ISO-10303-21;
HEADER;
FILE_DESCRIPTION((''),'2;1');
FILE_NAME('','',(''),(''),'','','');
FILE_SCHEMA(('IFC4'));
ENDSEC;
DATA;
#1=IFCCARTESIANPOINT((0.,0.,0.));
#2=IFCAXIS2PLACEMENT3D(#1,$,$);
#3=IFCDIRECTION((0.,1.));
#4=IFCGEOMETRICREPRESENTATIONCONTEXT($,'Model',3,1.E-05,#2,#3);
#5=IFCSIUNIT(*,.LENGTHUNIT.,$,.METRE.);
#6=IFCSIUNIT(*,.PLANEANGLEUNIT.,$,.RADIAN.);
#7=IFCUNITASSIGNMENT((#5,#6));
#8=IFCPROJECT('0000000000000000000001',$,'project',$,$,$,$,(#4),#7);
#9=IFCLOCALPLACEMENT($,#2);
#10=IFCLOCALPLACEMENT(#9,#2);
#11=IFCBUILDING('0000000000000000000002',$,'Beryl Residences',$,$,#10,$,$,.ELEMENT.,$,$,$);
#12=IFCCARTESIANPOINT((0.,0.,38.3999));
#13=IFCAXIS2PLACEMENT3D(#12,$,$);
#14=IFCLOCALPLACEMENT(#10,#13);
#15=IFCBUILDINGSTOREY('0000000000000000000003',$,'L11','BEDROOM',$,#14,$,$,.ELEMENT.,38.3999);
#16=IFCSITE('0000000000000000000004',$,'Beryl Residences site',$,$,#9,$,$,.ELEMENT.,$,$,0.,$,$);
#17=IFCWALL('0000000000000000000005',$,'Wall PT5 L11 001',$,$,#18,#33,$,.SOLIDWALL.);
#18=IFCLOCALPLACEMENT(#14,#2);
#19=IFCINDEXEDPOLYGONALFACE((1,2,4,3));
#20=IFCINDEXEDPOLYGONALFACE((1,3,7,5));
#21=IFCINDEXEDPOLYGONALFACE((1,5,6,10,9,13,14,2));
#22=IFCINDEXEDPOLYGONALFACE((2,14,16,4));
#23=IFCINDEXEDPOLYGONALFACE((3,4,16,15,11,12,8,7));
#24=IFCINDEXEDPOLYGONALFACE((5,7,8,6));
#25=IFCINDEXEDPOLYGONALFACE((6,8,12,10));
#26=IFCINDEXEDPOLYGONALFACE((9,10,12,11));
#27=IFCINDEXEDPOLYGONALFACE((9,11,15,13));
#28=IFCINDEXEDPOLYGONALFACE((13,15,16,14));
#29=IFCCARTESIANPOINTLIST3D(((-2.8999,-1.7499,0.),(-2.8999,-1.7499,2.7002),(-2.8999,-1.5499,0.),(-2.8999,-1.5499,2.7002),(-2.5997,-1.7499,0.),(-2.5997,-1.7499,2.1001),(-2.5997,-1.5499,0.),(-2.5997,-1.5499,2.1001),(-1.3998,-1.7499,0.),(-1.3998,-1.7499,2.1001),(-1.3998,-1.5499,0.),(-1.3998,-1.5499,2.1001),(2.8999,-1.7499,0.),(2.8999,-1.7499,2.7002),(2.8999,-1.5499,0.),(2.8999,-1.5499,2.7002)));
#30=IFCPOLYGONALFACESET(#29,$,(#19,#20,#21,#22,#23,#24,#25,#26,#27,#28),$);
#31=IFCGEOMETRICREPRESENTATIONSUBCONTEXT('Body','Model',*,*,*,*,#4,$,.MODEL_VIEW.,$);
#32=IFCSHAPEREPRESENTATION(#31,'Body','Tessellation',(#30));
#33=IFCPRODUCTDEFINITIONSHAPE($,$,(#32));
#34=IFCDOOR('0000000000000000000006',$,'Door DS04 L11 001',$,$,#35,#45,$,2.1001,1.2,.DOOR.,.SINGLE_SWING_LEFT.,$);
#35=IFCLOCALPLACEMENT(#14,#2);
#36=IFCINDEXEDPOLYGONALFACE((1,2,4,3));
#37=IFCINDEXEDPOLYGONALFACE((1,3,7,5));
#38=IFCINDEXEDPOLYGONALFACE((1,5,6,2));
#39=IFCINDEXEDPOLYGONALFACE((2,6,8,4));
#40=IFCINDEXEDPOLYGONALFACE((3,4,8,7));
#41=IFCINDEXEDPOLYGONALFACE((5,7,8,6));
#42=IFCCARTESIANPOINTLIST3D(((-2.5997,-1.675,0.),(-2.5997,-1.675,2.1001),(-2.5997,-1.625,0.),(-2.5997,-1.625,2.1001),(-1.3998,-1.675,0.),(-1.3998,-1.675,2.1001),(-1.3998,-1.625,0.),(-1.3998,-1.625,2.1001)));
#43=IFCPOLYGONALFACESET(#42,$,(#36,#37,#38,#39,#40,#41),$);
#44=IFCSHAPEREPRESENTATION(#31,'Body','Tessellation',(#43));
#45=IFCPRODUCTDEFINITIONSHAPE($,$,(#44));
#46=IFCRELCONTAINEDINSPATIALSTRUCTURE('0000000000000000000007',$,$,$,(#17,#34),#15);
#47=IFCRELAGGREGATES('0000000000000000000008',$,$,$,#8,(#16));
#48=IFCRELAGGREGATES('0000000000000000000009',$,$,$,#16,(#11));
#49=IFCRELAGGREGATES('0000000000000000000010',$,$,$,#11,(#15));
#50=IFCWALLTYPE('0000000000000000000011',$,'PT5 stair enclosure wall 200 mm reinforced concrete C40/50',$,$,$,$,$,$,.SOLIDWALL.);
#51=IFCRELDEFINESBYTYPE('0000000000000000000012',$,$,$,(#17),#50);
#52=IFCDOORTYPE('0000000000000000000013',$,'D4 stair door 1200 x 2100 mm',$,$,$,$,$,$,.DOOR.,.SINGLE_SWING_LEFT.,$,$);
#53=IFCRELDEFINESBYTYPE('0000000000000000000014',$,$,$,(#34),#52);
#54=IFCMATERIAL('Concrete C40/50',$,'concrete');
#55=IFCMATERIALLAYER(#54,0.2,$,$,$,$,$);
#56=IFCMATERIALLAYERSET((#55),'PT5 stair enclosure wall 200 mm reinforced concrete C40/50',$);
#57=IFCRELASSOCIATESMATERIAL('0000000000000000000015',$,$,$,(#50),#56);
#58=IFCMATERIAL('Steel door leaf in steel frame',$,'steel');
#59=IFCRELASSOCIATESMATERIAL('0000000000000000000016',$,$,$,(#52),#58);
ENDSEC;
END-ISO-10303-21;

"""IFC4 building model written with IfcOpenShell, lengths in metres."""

from ifc_helpers import new_model, si_unit, direction, frame, frame_2d, origin, place, context, subcontext, project, spatial, rectangle, extrude, material, layer, layer_set, type_object, element, fill, save


model = new_model("IFC4")

# Units and contexts
model_context = context("Model", 3, precision=1e-05, world=origin(), true_north=direction((0.0, 1.0)))
body_context = subcontext(model_context, "Body", "Model", "MODEL_VIEW")
ifc_project = project(units=[si_unit("LENGTHUNIT", "METRE"), si_unit("PLANEANGLEUNIT", "RADIAN")], contexts=[model_context])

# Site, building, storey
site_placement = place(None, origin())
site = spatial("IfcSite", under=ifc_project, at=site_placement, Name="Beryl Residences site", CompositionType="ELEMENT", RefElevation=0.0)
building_placement = place(site_placement, origin())
building = spatial("IfcBuilding", under=site, at=building_placement, Name="Beryl Residences", CompositionType="ELEMENT")
storey_placement = place(building_placement, frame((0.0, 0.0, 38.3999)))
storey = spatial("IfcBuildingStorey", under=building, at=storey_placement, Name="L11", Description="BEDROOM", CompositionType="ELEMENT", Elevation=38.3999)

# Wall, opening, door
ifc_material_1 = material(Name="Concrete C40/50", Category="concrete")
ifc_layer_1 = layer(ifc_material_1, 0.2)
ifc_layer_set_1 = layer_set([ifc_layer_1], Name="PT5 stair enclosure wall 200 mm reinforced concrete C40/50")
wall_type_1 = type_object("IfcWallType", Name="PT5 stair enclosure wall 200 mm reinforced concrete C40/50", PredefinedType="SOLIDWALL", material=ifc_layer_set_1)
wall_1_placement = place(storey_placement, frame((-2.8999, -1.6499, 0.0), z_axis=(0.0, 0.0, 1.0), x_axis=(1.0, 0.0, 0.0)))
wall_1 = element("IfcWall", 1, at=wall_1_placement, inside=storey, type_object=wall_type_1, Name="Wall PT5 L11 001", PredefinedType="SOLIDWALL", context=body_context, shape_type="SweptSolid", body=[
    extrude(rectangle(XDim=5.7998, YDim=0.2, at=frame_2d((2.8999, 0.0))), origin(), (0.0, 0.0, 1.0), 2.7002),
])
opening_1_placement = place(wall_1_placement, frame((0.3, 0.0, 0.0)))
opening_1 = element("IfcOpeningElement", 2, at=opening_1_placement, cuts=wall_1, PredefinedType="OPENING", context=body_context, shape_type="SweptSolid", body=[
    extrude(rectangle(XDim=1.2, YDim=2.1001, at=frame_2d((0.6001, 1.05))), frame((0.0, 0.1099, 0.0), z_axis=(0.0, -1.0, 0.0), x_axis=(1.0, 0.0, 0.0)), (0.0, 0.0, 1.0), 0.22),
])
ifc_material_2 = material(Name="Steel door leaf in steel frame", Category="steel")
door_type_1 = type_object("IfcDoorType", Name="D4 stair door 1200 x 2100 mm", OperationType="SINGLE_SWING_LEFT", PredefinedType="DOOR", material=ifc_material_2)
door_1_placement = place(opening_1_placement, origin())
door_1 = element("IfcDoor", 3, at=door_1_placement, inside=storey, type_object=door_type_1, Name="Door DS04 L11 001", OperationType="SINGLE_SWING_LEFT", OverallHeight=2.1001, OverallWidth=1.2, PredefinedType="DOOR", context=body_context, shape_type="SweptSolid", body=[
    extrude(rectangle(XDim=1.2, YDim=2.1001, at=frame_2d((0.6001, 1.05))), frame((0.0, 0.0249, 0.0), z_axis=(0.0, -1.0, 0.0), x_axis=(1.0, 0.0, 0.0)), (0.0, 0.0, 1.0), 0.05),
])
fill(opening_1, door_1)

save(model, "model.ifc")
